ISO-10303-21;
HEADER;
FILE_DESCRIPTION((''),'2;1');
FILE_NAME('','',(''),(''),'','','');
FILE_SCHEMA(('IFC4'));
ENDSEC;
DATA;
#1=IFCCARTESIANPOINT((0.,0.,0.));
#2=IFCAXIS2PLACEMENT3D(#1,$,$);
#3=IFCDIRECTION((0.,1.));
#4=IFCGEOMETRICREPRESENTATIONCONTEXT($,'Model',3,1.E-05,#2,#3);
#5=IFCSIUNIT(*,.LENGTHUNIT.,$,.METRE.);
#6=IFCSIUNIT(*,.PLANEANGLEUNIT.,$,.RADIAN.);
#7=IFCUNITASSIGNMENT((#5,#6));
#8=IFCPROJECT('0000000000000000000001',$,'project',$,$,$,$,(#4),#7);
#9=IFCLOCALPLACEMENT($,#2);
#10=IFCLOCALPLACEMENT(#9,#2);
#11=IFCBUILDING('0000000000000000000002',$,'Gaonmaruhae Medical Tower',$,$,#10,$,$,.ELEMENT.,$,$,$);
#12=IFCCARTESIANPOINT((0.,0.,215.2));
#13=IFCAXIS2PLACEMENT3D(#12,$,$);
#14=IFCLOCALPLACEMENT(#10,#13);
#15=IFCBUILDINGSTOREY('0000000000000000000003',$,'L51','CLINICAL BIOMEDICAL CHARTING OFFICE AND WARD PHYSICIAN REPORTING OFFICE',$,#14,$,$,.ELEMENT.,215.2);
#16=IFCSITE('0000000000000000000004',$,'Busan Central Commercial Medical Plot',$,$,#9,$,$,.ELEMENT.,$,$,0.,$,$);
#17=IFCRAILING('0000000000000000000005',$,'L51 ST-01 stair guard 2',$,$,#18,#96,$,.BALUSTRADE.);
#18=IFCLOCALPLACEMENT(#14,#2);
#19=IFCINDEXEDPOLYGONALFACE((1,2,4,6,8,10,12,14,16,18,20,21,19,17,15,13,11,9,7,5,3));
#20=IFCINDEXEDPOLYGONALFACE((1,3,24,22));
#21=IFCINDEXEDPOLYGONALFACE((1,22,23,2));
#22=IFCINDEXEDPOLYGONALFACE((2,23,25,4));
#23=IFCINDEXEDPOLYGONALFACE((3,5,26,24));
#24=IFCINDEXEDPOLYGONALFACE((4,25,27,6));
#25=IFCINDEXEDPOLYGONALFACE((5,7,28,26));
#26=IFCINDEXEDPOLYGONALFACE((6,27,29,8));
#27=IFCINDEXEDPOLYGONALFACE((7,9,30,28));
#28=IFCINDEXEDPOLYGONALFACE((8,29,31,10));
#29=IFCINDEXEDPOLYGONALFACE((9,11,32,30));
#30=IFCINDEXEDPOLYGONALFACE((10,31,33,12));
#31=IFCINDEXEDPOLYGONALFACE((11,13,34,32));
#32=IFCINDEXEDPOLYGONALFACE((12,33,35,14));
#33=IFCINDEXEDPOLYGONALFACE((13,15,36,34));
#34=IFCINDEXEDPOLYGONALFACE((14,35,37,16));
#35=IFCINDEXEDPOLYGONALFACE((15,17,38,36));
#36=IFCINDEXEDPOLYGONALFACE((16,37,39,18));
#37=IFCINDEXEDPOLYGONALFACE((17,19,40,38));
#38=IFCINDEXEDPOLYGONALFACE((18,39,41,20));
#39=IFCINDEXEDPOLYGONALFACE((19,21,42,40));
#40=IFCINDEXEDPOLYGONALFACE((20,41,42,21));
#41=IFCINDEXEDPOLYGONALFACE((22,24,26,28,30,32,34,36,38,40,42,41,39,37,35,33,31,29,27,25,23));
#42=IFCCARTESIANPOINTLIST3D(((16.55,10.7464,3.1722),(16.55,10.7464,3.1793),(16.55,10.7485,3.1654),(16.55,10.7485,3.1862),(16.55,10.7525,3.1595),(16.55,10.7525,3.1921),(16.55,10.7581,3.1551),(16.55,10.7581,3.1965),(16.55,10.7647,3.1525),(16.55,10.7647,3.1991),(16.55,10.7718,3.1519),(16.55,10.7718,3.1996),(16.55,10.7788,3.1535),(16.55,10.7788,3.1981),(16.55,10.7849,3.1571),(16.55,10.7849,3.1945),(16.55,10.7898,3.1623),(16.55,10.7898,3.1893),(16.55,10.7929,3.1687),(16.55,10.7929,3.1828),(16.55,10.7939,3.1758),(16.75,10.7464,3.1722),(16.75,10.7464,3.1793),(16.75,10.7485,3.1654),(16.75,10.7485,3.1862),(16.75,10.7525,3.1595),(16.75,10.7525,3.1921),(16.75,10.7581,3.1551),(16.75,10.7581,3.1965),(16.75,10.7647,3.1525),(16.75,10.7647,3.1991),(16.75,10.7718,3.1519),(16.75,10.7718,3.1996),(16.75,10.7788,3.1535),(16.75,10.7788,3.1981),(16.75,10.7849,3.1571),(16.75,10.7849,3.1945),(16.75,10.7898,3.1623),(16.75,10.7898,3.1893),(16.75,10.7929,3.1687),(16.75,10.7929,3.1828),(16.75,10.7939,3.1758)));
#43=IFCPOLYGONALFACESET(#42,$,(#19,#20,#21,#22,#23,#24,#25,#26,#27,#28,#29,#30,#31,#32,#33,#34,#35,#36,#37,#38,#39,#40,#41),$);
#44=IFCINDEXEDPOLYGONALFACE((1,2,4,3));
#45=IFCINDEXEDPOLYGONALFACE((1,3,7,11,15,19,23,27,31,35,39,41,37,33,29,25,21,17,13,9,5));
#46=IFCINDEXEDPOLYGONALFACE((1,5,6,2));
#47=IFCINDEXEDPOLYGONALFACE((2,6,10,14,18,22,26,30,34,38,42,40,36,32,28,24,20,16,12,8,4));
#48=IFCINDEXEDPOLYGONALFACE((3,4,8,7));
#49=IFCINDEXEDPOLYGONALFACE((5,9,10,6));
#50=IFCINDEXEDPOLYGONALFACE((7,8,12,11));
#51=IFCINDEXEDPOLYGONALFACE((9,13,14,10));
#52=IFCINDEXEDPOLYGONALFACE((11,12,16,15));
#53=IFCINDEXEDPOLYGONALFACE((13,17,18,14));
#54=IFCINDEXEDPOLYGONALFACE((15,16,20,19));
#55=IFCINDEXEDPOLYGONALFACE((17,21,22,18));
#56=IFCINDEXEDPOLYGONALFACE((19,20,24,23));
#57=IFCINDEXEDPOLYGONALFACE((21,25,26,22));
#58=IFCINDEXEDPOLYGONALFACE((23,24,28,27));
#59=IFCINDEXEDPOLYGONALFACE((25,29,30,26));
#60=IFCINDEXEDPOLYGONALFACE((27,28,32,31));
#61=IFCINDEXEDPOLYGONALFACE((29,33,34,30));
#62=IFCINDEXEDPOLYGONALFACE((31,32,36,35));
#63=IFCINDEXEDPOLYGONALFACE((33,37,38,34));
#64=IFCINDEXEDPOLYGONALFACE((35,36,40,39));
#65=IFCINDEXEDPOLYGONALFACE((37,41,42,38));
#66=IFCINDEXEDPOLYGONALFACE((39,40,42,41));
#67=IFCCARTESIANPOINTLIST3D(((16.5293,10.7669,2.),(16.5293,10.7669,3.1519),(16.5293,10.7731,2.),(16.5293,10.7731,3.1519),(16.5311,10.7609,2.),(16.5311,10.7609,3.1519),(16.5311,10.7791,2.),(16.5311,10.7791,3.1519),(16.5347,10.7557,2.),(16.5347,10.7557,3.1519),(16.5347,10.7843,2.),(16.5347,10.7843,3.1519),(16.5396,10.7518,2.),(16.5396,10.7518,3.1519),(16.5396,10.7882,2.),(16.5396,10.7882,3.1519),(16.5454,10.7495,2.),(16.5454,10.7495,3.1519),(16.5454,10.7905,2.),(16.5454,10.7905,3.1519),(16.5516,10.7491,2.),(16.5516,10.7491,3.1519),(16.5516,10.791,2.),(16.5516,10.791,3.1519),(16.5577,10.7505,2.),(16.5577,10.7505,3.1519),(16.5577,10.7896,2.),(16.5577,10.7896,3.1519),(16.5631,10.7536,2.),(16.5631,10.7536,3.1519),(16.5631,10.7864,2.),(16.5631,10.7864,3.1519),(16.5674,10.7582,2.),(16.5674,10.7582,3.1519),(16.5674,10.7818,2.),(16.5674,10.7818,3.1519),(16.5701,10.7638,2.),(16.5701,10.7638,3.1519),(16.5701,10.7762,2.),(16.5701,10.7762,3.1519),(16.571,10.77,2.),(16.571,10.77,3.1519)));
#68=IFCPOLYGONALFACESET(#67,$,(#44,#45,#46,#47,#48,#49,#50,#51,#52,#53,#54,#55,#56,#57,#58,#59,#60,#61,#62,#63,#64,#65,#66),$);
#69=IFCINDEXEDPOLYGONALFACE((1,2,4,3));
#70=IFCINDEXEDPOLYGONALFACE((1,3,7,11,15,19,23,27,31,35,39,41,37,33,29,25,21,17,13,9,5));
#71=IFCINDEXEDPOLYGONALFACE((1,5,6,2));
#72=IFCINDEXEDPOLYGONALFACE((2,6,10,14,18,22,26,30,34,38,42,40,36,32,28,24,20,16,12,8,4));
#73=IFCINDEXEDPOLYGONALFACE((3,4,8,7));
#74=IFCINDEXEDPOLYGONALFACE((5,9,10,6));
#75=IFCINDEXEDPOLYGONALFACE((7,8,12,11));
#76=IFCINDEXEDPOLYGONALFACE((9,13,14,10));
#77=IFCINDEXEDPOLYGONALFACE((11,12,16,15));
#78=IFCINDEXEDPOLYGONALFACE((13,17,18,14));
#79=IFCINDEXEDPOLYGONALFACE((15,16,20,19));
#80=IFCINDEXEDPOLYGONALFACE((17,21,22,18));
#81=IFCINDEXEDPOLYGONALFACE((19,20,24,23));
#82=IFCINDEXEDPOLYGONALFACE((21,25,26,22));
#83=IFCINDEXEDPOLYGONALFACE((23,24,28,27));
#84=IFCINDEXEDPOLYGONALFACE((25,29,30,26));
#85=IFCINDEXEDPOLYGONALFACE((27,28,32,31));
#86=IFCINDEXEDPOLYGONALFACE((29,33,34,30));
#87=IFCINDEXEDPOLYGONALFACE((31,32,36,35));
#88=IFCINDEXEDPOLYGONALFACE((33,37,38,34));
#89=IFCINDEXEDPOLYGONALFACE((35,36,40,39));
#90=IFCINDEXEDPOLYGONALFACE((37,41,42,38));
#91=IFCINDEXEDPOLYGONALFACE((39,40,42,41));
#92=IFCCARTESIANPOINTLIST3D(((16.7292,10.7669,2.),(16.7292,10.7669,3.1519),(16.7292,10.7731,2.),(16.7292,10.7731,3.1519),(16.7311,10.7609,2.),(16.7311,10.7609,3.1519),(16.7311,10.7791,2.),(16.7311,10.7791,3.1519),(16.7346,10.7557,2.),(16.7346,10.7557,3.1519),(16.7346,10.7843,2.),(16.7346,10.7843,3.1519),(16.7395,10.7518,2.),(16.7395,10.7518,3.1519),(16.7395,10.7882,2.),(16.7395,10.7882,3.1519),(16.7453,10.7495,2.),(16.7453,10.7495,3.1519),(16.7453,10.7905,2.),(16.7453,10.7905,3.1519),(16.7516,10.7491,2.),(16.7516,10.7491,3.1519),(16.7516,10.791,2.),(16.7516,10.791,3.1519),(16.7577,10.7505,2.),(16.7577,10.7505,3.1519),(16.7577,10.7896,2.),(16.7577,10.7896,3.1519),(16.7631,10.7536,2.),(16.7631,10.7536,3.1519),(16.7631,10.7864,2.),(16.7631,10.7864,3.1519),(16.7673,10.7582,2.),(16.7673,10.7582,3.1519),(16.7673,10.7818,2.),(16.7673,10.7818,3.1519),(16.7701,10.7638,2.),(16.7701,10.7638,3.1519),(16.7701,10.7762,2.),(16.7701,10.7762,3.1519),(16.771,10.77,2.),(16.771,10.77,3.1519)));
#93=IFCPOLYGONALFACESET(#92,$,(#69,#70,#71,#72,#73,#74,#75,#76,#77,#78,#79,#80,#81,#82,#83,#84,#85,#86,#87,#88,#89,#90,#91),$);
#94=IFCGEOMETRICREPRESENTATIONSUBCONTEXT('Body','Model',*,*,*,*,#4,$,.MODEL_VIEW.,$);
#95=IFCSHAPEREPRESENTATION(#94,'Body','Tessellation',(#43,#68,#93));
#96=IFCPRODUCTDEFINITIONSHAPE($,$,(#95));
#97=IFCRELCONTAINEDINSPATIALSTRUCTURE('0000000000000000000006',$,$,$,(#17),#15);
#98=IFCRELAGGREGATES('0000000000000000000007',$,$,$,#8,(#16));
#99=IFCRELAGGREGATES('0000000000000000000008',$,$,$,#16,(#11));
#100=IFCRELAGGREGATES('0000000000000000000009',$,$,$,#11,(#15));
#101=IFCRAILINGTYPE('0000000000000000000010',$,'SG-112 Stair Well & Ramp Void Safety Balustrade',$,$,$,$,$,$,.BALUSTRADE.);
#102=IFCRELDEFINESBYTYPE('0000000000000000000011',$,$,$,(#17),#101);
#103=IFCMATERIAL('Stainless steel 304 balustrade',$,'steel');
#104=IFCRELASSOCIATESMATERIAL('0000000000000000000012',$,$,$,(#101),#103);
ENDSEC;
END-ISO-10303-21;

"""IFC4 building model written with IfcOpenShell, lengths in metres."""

from ifc_helpers import new_model, si_unit, direction, frame, origin, origin_2d, place, context, subcontext, project, spatial, circle, extrude, material, type_object, element, save


model = new_model("IFC4")

# Units and contexts
model_context = context("Model", 3, precision=1e-05, world=origin(), true_north=direction((0.0, 1.0)))
body_context = subcontext(model_context, "Body", "Model", "MODEL_VIEW")
ifc_project = project(units=[si_unit("LENGTHUNIT", "METRE"), si_unit("PLANEANGLEUNIT", "RADIAN")], contexts=[model_context])

# Site, building, storey
site_placement = place(None, origin())
site = spatial("IfcSite", under=ifc_project, at=site_placement, Name="Busan Central Commercial Medical Plot", CompositionType="ELEMENT", RefElevation=0.0)
building_placement = place(site_placement, origin())
building = spatial("IfcBuilding", under=site, at=building_placement, Name="Gaonmaruhae Medical Tower", CompositionType="ELEMENT")
storey_placement = place(building_placement, frame((0.0, 0.0, 215.2)))
storey = spatial("IfcBuildingStorey", under=building, at=storey_placement, Name="L51", Description="CLINICAL BIOMEDICAL CHARTING OFFICE AND WARD PHYSICIAN REPORTING OFFICE", CompositionType="ELEMENT", Elevation=215.2)

# Railing
ifc_material_1 = material(Name="Stainless steel 304 balustrade", Category="steel")
railing_type = type_object("IfcRailingType", Name="SG-112 Stair Well & Ramp Void Safety Balustrade", PredefinedType="BALUSTRADE", material=ifc_material_1)
railing_placement = place(storey_placement, frame((16.55, 10.77, 2.0)))
element("IfcRailing", 1, at=railing_placement, inside=storey, type_object=railing_type, Name="L51 ST-01 stair guard 2", PredefinedType="BALUSTRADE", context=body_context, shape_type="SweptSolid", body=[
    extrude(circle(Radius=0.0239, at=origin_2d()), frame((0.0, 0.0, 1.1758), z_axis=(1.0, 0.0, 0.0), x_axis=(0.0, 1.0, 0.0)), (0.0, 0.0, 1.0), 0.2),
    extrude(circle(Radius=0.021, at=origin_2d()), origin(), (0.0, 0.0, 1.0), 1.1519),
    extrude(circle(Radius=0.021, at=origin_2d()), frame((0.2, 0.0, 0.0)), (0.0, 0.0, 1.0), 1.1519),
])

save(model, "model.ifc")
